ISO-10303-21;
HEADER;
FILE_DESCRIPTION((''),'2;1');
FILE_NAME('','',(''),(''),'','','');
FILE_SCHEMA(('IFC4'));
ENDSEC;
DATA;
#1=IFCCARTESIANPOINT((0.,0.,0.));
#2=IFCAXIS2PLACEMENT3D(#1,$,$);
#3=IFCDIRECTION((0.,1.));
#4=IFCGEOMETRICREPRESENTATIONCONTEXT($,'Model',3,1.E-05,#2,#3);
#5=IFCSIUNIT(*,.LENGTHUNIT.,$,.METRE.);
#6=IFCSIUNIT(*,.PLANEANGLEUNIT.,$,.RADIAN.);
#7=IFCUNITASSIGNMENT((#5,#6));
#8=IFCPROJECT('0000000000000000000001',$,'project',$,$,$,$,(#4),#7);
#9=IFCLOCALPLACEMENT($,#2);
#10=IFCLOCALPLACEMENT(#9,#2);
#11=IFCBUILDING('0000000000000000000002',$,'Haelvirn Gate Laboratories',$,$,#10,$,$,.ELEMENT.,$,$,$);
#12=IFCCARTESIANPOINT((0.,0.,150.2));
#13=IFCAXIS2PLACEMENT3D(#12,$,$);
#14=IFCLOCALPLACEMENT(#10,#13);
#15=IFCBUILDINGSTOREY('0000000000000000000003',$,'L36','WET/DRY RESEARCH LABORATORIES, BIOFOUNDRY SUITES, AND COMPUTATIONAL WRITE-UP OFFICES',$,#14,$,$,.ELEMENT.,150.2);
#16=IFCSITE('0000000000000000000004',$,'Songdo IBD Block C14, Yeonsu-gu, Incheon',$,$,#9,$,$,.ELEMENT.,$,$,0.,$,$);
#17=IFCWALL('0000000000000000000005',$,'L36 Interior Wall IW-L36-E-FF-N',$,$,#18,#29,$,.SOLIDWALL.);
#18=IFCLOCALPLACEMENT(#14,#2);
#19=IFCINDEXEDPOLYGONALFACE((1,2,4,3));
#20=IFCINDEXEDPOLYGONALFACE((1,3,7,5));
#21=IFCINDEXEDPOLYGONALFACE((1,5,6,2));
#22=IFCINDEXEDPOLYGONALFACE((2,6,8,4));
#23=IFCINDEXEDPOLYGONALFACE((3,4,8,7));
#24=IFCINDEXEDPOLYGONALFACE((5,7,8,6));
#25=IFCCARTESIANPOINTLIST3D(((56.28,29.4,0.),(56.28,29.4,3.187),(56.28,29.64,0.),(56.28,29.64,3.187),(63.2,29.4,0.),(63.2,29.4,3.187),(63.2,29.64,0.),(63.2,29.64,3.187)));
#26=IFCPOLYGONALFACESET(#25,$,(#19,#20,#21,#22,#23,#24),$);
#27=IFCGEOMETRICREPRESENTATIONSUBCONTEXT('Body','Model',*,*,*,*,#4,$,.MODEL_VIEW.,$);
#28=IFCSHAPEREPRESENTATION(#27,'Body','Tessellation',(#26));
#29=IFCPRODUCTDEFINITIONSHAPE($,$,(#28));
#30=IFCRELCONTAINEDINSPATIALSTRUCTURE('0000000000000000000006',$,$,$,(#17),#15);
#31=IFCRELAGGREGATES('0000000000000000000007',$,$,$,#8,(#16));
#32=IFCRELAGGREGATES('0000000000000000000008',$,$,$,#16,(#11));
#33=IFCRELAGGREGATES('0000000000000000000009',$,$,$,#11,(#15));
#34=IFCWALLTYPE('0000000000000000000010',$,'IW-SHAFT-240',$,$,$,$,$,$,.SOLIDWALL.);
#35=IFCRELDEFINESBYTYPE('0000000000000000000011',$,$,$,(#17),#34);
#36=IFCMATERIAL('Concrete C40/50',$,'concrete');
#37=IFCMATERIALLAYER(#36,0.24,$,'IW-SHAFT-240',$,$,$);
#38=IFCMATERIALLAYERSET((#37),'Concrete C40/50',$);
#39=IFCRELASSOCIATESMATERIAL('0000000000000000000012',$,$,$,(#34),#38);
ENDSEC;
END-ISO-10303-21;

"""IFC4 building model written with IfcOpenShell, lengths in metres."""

from ifc_helpers import new_model, si_unit, direction, frame, frame_2d, origin, place, context, subcontext, project, spatial, rectangle, extrude, material, layer, layer_set, type_object, element, save


model = new_model("IFC4")

# Units and contexts
model_context = context("Model", 3, precision=1e-05, world=origin(), true_north=direction((0.0, 1.0)))
body_context = subcontext(model_context, "Body", "Model", "MODEL_VIEW")
ifc_project = project(units=[si_unit("LENGTHUNIT", "METRE"), si_unit("PLANEANGLEUNIT", "RADIAN")], contexts=[model_context])

# Site, building, storey
site_placement = place(None, origin())
site = spatial("IfcSite", under=ifc_project, at=site_placement, Name="Songdo IBD Block C14, Yeonsu-gu, Incheon", CompositionType="ELEMENT", RefElevation=0.0)
building_placement = place(site_placement, origin())
building = spatial("IfcBuilding", under=site, at=building_placement, Name="Haelvirn Gate Laboratories", CompositionType="ELEMENT")
storey_placement = place(building_placement, frame((0.0, 0.0, 150.2)))
storey = spatial("IfcBuildingStorey", under=building, at=storey_placement, Name="L36", Description="WET/DRY RESEARCH LABORATORIES, BIOFOUNDRY SUITES, AND COMPUTATIONAL WRITE-UP OFFICES", CompositionType="ELEMENT", Elevation=150.2)

# Shared definitions
ifc_material_1 = material(Name="Concrete C40/50", Category="concrete")

# Shared definitions
ifc_layer_1 = layer(ifc_material_1, 0.24, Name="IW-SHAFT-240")
ifc_layer_set_1 = layer_set([ifc_layer_1], Name="Concrete C40/50")
wall_type_1 = type_object("IfcWallType", Name="IW-SHAFT-240", PredefinedType="SOLIDWALL", material=ifc_layer_set_1)

# Wall
wall_1_placement = place(storey_placement, frame((56.28, 29.52, 0.0), z_axis=(0.0, 0.0, 1.0), x_axis=(1.0, 0.0, 0.0)))
element("IfcWall", 1, at=wall_1_placement, inside=storey, type_object=wall_type_1, Name="L36 Interior Wall IW-L36-E-FF-N", PredefinedType="SOLIDWALL", context=body_context, shape_type="SweptSolid", body=[
    extrude(rectangle(XDim=6.9199, YDim=0.24, at=frame_2d((3.46, 0.0))), origin(), (0.0, 0.0, 1.0), 3.187),
])

save(model, "model.ifc")
